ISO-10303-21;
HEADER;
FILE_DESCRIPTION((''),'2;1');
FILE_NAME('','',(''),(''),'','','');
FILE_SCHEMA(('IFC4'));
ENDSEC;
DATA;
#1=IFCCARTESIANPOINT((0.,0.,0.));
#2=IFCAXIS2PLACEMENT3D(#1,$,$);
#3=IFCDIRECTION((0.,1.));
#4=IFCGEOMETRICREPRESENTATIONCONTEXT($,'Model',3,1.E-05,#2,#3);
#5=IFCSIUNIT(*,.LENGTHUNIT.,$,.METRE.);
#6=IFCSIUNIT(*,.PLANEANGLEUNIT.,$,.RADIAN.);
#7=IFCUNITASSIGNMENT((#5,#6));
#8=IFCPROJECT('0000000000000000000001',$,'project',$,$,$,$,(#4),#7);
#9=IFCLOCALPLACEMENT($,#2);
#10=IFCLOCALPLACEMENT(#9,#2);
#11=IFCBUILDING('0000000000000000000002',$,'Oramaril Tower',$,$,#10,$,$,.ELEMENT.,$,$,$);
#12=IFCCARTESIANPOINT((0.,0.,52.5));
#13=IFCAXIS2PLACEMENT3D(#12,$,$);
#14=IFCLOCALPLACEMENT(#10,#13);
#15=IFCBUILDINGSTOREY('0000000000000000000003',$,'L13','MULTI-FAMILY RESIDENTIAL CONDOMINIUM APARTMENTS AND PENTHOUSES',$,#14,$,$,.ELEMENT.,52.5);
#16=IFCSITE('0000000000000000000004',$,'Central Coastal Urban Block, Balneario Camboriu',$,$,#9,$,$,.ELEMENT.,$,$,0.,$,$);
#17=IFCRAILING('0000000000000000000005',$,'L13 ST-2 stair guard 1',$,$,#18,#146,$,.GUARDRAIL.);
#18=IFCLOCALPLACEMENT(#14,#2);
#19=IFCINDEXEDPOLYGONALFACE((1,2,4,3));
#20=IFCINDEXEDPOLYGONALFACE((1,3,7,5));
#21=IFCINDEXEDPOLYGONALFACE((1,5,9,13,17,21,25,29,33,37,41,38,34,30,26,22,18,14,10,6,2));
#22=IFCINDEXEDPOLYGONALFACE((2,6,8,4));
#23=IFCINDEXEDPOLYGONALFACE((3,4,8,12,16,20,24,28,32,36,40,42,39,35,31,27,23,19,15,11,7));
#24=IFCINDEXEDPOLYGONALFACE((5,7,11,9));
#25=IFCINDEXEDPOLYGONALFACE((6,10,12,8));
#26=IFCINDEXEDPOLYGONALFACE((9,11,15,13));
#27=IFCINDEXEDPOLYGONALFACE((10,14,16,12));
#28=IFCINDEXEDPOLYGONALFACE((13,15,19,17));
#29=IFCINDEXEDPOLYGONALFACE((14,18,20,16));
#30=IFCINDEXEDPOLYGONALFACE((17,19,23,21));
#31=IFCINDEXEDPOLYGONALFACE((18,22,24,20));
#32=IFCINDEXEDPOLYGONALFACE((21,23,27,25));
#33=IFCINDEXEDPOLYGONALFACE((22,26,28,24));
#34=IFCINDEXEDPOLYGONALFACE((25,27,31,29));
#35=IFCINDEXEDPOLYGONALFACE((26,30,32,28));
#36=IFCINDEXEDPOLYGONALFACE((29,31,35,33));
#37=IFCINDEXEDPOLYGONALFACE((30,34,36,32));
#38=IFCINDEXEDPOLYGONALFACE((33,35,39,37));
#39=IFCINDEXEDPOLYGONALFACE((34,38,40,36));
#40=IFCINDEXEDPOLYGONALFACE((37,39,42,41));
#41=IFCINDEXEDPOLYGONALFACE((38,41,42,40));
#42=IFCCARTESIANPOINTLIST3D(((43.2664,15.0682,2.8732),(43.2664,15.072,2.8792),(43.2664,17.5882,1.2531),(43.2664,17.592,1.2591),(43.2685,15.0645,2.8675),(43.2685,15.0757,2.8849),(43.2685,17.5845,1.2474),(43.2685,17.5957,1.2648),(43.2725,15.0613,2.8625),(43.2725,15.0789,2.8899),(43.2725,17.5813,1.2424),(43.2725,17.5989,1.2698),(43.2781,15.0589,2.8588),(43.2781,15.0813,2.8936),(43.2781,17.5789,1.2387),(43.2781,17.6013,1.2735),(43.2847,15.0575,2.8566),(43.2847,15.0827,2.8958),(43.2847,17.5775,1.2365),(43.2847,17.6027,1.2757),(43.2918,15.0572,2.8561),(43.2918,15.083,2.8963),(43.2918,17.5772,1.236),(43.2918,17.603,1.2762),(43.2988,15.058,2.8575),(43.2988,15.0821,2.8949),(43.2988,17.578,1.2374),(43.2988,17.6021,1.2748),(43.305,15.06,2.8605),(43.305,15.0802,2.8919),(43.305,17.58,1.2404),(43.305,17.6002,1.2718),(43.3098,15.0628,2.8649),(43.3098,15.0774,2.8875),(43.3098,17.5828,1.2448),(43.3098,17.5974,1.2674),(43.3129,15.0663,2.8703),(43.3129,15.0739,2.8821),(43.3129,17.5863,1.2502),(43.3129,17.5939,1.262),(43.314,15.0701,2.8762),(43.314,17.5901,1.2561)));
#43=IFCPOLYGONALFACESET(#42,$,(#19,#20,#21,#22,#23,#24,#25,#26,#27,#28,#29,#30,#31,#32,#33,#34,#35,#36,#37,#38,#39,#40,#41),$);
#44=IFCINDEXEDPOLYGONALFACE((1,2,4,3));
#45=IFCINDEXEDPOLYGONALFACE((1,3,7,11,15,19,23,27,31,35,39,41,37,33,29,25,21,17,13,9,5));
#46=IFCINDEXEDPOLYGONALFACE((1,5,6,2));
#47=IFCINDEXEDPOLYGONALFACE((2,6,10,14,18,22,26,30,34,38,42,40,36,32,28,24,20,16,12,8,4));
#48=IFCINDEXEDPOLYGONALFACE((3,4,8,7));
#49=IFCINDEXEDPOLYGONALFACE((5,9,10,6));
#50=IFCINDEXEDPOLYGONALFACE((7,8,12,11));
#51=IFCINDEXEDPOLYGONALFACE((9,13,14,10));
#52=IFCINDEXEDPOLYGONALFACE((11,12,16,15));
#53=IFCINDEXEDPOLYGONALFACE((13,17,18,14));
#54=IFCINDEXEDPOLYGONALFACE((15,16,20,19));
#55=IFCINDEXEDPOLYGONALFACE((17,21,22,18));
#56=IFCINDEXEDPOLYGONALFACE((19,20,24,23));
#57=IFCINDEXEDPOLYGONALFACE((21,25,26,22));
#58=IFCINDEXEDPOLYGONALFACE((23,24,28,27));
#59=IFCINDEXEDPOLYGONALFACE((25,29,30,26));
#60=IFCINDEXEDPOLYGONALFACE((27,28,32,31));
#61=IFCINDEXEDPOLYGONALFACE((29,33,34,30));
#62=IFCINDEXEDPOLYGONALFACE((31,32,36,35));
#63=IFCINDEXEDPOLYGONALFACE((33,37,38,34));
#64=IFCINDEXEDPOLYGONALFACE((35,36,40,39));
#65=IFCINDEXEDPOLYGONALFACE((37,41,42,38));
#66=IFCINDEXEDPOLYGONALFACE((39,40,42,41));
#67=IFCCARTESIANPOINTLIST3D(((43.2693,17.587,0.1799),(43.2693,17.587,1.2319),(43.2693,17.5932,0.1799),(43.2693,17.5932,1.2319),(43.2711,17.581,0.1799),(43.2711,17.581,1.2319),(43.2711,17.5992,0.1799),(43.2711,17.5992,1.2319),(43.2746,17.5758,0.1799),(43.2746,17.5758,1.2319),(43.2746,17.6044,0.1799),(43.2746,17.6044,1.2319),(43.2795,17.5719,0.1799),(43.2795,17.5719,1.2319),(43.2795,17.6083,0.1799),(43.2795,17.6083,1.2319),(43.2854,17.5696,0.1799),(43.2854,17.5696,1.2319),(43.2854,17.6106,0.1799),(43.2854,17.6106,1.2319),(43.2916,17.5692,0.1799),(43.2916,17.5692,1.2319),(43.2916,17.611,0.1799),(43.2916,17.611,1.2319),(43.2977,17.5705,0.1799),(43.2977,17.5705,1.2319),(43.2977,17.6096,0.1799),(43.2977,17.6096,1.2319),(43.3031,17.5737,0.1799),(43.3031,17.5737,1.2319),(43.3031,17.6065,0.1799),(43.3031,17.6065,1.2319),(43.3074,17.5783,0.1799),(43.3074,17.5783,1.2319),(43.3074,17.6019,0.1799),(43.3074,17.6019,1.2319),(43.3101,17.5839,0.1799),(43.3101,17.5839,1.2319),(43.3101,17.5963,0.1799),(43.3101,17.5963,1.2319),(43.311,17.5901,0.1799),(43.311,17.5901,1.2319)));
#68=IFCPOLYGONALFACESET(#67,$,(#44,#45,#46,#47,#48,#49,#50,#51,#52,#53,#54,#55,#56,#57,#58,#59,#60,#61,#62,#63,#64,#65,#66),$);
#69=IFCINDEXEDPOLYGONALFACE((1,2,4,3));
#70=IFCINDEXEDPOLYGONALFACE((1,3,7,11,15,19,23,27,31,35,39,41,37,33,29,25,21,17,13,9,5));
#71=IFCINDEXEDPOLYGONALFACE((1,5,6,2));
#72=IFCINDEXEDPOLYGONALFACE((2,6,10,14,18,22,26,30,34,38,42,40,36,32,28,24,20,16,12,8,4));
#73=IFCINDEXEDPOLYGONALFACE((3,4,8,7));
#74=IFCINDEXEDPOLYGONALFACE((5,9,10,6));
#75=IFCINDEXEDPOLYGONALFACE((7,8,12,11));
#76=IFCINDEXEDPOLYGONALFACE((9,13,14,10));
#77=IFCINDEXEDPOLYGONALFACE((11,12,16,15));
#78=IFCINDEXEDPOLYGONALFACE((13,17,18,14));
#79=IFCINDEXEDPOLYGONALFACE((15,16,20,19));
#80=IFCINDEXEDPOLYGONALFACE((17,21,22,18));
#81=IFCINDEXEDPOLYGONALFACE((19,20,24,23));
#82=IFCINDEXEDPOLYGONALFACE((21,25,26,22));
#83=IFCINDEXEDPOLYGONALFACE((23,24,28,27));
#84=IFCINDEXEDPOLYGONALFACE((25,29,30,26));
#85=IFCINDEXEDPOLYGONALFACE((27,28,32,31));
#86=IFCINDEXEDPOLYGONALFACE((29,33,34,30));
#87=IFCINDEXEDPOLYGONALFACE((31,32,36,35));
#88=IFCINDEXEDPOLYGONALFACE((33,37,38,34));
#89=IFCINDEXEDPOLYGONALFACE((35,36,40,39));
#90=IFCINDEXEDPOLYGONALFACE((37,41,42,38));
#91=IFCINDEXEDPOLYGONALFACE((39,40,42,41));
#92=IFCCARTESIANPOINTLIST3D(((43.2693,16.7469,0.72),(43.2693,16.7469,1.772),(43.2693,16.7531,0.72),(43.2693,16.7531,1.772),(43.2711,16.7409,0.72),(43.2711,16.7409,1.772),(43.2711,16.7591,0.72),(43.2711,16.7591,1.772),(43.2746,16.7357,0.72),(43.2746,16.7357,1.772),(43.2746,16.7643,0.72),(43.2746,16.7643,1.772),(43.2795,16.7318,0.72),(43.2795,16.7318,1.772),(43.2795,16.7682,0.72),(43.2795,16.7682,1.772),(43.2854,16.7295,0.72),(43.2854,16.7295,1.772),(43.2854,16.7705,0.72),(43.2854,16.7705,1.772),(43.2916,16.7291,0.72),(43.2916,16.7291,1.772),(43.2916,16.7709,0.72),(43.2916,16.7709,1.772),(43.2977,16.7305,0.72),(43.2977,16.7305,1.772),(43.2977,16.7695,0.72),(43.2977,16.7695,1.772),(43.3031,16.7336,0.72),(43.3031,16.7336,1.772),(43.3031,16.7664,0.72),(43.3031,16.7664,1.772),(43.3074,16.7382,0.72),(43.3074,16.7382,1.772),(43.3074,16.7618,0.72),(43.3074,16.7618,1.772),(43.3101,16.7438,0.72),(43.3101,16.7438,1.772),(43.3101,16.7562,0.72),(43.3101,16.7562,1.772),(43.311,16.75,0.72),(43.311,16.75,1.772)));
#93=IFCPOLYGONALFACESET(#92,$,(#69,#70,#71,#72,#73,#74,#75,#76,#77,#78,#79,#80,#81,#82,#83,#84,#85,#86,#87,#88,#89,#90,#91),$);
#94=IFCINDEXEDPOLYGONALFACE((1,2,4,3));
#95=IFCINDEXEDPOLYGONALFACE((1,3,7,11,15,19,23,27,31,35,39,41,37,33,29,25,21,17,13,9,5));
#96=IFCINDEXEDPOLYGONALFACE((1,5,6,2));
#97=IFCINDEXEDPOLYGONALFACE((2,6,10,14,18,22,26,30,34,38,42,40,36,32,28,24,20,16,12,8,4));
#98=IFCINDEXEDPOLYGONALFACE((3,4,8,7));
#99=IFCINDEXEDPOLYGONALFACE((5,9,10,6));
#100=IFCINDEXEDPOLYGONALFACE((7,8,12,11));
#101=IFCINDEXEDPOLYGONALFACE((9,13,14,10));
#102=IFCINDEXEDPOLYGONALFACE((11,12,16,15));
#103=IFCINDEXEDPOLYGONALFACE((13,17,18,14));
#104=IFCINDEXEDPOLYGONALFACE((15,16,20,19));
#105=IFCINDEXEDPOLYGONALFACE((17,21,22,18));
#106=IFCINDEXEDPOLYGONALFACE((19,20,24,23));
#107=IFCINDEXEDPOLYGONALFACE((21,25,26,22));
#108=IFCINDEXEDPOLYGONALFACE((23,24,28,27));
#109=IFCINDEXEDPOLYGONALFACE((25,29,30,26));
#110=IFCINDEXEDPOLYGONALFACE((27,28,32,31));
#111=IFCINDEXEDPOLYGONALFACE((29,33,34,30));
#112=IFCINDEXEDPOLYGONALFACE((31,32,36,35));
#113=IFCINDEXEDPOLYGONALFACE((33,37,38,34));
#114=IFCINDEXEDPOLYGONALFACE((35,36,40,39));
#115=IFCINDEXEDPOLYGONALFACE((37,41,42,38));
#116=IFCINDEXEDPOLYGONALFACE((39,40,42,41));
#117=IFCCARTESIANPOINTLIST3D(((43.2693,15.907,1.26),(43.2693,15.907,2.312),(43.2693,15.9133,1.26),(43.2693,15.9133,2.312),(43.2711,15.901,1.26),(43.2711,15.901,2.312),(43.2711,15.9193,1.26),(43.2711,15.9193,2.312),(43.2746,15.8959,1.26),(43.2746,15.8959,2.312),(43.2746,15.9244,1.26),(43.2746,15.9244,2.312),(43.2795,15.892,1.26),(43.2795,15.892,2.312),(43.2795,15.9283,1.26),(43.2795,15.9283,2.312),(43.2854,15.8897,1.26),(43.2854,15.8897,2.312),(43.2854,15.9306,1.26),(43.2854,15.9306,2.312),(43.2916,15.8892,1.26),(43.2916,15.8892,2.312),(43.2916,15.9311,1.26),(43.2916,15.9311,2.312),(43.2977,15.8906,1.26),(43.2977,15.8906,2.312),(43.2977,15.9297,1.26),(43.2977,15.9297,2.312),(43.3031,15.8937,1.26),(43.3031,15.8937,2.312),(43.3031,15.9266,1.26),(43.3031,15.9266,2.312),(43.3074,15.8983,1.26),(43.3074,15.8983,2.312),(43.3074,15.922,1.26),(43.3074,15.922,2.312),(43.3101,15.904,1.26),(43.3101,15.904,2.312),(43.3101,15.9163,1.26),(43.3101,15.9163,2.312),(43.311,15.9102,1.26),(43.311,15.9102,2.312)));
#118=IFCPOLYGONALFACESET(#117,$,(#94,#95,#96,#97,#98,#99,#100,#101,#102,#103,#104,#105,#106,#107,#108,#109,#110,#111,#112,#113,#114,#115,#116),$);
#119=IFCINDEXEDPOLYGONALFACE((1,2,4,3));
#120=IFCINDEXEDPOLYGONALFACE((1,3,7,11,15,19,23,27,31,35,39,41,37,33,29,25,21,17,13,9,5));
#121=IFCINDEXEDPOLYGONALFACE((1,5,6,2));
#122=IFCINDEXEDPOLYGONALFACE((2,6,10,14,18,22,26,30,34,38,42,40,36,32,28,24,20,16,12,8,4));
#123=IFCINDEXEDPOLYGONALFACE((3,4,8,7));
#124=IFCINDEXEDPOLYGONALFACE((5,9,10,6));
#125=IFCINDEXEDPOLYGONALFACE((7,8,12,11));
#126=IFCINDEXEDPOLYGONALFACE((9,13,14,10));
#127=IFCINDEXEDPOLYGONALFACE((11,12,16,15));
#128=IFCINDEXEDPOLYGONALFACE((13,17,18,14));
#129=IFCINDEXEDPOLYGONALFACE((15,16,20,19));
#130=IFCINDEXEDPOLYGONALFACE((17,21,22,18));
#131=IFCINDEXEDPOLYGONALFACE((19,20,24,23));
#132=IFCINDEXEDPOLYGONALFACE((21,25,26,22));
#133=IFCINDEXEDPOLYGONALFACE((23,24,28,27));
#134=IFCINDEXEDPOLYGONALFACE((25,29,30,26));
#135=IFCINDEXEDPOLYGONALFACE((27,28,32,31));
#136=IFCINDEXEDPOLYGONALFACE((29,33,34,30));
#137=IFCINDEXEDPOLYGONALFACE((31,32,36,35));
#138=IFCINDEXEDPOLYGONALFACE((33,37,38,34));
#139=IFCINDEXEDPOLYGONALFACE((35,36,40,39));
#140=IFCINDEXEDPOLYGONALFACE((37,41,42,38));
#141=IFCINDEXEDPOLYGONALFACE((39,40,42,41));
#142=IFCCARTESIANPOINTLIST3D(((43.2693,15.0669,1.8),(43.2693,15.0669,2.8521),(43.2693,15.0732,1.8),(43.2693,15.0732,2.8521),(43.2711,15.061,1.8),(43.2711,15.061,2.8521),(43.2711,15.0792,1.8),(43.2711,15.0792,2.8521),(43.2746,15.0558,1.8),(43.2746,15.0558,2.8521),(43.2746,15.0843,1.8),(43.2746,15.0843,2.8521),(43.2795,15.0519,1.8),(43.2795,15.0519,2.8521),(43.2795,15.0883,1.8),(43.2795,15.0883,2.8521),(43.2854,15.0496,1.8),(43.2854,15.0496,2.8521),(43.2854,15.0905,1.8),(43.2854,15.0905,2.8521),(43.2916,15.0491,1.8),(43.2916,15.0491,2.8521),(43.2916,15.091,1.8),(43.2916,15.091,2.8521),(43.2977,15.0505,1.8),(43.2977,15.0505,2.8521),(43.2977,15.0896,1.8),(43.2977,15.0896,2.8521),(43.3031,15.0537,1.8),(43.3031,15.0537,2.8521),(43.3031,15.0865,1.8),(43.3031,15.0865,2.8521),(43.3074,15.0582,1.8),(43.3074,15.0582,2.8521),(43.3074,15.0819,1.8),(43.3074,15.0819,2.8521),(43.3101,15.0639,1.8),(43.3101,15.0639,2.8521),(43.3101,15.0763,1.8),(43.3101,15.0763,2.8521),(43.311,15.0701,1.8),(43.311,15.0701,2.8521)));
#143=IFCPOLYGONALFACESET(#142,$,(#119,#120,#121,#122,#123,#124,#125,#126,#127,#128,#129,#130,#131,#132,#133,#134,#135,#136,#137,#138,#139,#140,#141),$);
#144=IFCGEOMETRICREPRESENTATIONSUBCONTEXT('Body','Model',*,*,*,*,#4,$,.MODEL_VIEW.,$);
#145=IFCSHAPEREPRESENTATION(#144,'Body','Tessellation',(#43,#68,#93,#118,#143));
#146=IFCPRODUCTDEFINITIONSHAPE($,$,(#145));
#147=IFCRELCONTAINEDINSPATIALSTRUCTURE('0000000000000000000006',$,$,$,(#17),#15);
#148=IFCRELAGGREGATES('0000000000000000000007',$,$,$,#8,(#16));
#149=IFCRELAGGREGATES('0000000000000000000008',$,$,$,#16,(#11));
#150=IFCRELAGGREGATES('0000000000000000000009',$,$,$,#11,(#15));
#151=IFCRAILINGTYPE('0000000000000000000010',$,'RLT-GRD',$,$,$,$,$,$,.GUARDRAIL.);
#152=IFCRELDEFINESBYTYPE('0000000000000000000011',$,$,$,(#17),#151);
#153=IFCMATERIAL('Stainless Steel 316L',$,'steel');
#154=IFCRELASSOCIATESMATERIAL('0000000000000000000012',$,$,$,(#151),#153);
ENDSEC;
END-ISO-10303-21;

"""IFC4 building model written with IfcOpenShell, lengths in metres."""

from ifc_helpers import new_model, si_unit, direction, frame, origin, origin_2d, place, context, subcontext, project, spatial, circle, extrude, material, type_object, element, save


model = new_model("IFC4")

# Units and contexts
model_context = context("Model", 3, precision=1e-05, world=origin(), true_north=direction((0.0, 1.0)))
body_context = subcontext(model_context, "Body", "Model", "MODEL_VIEW")
ifc_project = project(units=[si_unit("LENGTHUNIT", "METRE"), si_unit("PLANEANGLEUNIT", "RADIAN")], contexts=[model_context])

# Site, building, storey
site_placement = place(None, origin())
site = spatial("IfcSite", under=ifc_project, at=site_placement, Name="Central Coastal Urban Block, Balneario Camboriu", CompositionType="ELEMENT", RefElevation=0.0)
building_placement = place(site_placement, origin())
building = spatial("IfcBuilding", under=site, at=building_placement, Name="Oramaril Tower", CompositionType="ELEMENT")
storey_placement = place(building_placement, frame((0.0, 0.0, 52.5)))
storey = spatial("IfcBuildingStorey", under=building, at=storey_placement, Name="L13", Description="MULTI-FAMILY RESIDENTIAL CONDOMINIUM APARTMENTS AND PENTHOUSES", CompositionType="ELEMENT", Elevation=52.5)

# Railing
ifc_material_1 = material(Name="Stainless Steel 316L", Category="steel")
railing_type_1 = type_object("IfcRailingType", Name="RLT-GRD", PredefinedType="GUARDRAIL", material=ifc_material_1)
railing_1_placement = place(storey_placement, frame((43.29, 17.5901, 0.1799)))
element("IfcRailing", 1, at=railing_1_placement, inside=storey, type_object=railing_type_1, Name="L13 ST-2 stair guard 1", PredefinedType="GUARDRAIL", context=body_context, shape_type="SweptSolid", body=[
    extrude(circle(Radius=0.0239, at=origin_2d()), frame((0.0, 0.0, 1.0762), z_axis=(0.0, -0.841163, 0.540782), x_axis=(1.0, 0.0, 0.0)), (0.0, 0.0, 1.0), 2.9958),
    extrude(circle(Radius=0.021, at=origin_2d()), origin(), (0.0, 0.0, 1.0), 1.052),
    extrude(circle(Radius=0.021, at=origin_2d()), frame((0.0, -0.8401, 0.54)), (0.0, 0.0, 1.0), 1.052),
    extrude(circle(Radius=0.021, at=origin_2d()), frame((0.0, -1.6799, 1.0801)), (0.0, 0.0, 1.0), 1.052),
    extrude(circle(Radius=0.021, at=origin_2d()), frame((0.0, -2.52, 1.6201)), (0.0, 0.0, 1.0), 1.052),
])

save(model, "model.ifc")
